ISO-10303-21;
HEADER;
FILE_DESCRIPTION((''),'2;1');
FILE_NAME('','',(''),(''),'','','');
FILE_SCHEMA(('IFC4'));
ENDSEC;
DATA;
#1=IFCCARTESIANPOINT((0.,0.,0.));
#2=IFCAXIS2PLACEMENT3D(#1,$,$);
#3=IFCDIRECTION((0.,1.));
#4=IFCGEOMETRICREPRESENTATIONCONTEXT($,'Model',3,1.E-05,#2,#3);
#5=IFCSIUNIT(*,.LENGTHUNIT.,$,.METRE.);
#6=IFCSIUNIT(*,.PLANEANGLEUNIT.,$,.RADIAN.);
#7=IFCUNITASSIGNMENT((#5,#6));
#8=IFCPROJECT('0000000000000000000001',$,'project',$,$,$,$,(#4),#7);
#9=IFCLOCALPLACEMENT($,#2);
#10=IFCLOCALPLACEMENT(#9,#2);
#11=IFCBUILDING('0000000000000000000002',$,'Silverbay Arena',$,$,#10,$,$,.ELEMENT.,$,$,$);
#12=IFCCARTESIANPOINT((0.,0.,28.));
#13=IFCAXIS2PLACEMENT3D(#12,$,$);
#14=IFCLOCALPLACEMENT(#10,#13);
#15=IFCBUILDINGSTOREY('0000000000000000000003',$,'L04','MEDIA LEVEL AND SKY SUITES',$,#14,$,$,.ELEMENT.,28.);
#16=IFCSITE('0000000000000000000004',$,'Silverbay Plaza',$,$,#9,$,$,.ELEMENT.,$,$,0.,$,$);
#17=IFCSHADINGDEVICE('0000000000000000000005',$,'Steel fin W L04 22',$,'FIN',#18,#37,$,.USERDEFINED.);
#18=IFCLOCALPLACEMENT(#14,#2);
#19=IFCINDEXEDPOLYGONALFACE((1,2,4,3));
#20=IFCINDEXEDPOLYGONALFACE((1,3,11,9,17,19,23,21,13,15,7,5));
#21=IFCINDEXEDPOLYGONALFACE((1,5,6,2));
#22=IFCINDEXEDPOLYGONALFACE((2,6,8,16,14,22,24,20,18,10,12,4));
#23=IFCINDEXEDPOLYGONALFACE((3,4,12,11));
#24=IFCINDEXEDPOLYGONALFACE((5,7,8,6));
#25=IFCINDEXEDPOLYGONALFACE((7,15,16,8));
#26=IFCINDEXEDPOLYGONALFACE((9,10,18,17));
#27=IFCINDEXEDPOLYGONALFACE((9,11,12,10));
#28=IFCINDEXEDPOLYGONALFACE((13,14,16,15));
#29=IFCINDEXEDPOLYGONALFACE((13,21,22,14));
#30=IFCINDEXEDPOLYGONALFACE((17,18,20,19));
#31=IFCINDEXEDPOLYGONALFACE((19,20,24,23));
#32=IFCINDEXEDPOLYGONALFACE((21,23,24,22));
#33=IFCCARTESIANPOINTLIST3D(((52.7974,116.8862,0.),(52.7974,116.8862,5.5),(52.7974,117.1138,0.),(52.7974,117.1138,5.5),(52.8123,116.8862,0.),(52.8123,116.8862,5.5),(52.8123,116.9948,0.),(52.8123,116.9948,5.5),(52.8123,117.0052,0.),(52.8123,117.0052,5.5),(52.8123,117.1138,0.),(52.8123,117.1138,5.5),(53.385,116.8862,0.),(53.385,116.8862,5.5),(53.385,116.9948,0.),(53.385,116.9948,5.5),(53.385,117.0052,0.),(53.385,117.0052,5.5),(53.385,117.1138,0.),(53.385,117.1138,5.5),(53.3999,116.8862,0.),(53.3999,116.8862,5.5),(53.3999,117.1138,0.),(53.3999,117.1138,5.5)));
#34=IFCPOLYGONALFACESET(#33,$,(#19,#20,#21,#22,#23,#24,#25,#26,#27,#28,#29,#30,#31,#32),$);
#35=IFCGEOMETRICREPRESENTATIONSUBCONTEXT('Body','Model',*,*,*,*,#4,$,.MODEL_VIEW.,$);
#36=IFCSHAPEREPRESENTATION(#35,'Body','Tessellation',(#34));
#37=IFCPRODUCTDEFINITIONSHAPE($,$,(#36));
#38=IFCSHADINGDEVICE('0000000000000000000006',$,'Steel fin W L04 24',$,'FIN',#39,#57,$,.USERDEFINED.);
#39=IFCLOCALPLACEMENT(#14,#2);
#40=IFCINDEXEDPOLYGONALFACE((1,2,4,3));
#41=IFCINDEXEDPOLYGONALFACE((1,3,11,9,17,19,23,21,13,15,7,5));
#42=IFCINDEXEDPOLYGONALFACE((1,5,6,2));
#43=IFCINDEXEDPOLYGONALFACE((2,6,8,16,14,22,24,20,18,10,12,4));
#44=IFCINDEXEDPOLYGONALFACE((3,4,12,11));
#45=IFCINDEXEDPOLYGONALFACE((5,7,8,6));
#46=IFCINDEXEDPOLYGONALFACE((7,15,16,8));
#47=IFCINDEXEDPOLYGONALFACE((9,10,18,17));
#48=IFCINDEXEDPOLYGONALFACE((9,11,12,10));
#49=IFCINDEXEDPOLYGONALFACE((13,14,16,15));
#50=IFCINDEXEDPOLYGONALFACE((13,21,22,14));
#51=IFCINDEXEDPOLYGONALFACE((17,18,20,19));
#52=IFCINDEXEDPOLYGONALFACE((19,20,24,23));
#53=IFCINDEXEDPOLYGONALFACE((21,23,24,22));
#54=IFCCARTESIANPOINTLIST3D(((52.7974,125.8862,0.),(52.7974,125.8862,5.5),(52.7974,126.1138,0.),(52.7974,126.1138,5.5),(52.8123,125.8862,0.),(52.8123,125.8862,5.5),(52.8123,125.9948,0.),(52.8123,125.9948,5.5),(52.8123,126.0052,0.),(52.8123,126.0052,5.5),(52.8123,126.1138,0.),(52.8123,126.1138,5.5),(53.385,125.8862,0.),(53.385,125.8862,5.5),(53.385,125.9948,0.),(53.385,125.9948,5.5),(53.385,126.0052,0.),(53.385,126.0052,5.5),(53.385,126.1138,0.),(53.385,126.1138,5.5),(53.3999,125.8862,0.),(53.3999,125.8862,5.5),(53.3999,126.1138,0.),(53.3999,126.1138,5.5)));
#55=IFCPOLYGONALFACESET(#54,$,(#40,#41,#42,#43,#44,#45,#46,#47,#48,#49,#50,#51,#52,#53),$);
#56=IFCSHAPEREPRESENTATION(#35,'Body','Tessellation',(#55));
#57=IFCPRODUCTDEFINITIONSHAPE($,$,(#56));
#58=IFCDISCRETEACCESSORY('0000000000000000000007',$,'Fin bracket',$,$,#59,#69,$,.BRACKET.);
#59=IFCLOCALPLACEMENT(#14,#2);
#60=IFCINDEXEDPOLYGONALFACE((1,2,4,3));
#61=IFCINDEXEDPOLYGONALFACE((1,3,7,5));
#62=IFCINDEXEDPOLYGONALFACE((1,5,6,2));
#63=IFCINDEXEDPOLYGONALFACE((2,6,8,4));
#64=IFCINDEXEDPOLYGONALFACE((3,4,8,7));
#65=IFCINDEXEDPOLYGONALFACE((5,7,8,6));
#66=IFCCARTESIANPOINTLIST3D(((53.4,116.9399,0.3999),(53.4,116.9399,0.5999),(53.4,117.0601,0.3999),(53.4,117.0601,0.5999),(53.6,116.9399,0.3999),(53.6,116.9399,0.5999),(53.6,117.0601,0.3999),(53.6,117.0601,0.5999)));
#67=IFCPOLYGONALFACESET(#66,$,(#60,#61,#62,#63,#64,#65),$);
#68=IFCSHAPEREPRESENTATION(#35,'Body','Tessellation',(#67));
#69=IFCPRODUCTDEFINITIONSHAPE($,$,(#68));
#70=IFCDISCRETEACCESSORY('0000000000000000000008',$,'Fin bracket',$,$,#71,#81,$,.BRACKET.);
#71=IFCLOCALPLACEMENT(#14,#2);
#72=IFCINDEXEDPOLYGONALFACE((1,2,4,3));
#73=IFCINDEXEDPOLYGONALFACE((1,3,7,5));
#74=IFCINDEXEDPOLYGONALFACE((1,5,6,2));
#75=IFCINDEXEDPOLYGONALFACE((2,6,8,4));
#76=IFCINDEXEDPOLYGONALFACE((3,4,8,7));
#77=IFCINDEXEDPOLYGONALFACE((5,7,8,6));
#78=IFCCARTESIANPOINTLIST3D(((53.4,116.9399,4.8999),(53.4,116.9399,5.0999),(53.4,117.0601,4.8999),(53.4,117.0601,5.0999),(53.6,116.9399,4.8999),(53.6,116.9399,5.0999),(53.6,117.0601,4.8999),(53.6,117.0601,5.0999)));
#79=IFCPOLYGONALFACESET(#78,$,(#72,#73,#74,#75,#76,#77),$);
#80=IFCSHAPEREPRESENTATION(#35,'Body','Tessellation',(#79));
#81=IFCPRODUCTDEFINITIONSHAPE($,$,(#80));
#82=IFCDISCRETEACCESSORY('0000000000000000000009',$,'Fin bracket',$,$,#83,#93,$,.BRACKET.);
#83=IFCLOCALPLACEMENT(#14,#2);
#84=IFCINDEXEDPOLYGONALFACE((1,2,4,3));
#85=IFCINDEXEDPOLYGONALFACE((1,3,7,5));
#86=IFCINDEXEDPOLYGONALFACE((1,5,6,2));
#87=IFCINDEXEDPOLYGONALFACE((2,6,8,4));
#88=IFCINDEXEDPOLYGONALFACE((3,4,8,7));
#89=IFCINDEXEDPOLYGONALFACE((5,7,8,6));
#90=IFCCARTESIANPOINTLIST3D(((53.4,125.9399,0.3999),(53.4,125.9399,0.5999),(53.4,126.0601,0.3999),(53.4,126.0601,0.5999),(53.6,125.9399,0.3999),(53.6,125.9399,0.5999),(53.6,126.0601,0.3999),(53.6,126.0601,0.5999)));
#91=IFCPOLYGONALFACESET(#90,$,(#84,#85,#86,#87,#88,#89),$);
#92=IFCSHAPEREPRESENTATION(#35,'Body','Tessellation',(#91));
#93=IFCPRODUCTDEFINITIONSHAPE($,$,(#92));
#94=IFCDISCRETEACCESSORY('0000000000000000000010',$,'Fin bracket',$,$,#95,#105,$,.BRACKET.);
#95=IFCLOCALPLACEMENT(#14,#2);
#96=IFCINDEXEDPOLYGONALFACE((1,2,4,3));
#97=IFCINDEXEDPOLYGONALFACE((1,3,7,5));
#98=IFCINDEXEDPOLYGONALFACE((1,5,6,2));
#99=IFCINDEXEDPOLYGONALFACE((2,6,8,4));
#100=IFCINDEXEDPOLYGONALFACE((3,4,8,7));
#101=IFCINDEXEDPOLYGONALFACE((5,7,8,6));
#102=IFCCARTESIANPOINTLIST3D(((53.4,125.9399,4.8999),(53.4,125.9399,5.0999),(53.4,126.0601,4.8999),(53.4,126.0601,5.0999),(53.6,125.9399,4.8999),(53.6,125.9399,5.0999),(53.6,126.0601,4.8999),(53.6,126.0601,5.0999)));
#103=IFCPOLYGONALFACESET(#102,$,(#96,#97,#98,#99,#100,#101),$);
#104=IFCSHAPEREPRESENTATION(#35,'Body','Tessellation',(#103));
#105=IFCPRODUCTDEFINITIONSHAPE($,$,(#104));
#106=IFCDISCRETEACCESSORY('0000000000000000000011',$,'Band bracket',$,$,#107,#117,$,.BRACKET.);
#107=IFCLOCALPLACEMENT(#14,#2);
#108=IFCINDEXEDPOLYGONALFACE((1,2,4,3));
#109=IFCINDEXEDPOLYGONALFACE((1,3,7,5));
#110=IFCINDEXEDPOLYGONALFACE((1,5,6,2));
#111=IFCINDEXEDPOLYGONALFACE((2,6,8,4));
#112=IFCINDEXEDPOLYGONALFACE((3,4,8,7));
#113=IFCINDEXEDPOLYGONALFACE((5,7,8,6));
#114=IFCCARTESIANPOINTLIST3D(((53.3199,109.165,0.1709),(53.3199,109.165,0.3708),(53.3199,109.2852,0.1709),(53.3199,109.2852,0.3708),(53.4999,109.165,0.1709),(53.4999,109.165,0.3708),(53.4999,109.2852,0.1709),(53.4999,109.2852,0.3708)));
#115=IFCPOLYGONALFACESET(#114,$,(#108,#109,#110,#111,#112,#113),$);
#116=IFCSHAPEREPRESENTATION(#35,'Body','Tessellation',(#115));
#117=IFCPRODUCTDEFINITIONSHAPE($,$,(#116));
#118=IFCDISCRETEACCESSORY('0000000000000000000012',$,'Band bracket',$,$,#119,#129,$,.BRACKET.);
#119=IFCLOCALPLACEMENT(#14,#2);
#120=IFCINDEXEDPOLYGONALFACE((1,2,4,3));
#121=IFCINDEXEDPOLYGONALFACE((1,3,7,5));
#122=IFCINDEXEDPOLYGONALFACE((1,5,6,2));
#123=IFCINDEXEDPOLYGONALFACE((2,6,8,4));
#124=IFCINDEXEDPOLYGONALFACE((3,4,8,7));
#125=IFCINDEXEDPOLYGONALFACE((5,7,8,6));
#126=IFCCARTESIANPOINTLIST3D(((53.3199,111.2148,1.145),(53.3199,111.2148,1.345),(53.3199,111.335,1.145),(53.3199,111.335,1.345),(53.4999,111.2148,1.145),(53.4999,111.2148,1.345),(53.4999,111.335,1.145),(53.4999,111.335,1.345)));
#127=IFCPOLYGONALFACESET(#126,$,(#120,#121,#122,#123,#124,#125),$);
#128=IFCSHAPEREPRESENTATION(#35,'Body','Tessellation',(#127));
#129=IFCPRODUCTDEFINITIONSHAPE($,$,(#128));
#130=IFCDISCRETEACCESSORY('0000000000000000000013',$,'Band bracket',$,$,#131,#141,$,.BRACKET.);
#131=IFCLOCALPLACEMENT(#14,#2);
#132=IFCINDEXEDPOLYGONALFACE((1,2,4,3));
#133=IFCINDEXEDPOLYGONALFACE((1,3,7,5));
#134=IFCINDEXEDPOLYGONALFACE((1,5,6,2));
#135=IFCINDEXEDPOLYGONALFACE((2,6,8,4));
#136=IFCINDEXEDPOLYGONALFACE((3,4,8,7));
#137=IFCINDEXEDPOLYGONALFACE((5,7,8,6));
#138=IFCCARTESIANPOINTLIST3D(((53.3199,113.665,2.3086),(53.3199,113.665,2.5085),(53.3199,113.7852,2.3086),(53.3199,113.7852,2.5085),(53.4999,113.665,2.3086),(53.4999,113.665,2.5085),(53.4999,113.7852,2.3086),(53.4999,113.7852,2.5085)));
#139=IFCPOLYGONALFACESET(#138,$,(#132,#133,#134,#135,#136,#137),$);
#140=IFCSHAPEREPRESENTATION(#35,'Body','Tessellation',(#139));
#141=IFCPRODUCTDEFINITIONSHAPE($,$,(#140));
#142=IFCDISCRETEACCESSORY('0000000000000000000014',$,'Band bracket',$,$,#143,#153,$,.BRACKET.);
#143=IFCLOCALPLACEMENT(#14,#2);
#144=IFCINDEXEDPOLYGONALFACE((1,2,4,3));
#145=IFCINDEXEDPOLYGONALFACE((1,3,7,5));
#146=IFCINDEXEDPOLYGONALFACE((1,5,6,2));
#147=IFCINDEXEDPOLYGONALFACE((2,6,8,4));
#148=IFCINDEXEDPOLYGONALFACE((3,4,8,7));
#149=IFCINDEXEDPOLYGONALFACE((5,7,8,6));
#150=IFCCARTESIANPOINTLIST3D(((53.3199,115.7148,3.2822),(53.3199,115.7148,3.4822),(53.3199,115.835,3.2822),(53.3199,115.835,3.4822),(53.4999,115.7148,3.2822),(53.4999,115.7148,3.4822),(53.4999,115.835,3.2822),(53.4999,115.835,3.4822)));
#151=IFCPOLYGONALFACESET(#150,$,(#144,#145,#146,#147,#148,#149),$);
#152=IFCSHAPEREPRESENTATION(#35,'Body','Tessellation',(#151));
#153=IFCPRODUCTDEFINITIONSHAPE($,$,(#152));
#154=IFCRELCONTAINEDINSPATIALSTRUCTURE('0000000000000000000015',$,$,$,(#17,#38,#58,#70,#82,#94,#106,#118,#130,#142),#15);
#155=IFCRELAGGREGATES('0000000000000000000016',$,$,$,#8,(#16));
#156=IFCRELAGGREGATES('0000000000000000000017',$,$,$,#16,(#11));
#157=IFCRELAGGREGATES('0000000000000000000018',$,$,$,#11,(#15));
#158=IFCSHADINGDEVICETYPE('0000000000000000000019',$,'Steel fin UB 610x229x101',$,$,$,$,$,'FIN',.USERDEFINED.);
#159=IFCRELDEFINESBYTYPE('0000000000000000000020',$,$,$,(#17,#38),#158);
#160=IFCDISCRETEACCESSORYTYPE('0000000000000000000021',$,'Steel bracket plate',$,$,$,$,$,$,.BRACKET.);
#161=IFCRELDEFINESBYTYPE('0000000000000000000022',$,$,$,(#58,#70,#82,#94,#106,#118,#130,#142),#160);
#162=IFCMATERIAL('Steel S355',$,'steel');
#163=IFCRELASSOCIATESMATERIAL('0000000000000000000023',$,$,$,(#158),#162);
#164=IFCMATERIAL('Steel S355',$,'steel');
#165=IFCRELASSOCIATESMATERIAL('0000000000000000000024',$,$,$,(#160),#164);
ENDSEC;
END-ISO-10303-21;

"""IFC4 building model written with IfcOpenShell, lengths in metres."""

from ifc_helpers import new_model, si_unit, direction, frame, origin, origin_2d, place, context, subcontext, project, spatial, rectangle, i_section, extrude, material, material_profile, profile_set, type_object, element, save


model = new_model("IFC4")

# Units and contexts
model_context = context("Model", 3, precision=1e-05, world=origin(), true_north=direction((0.0, 1.0)))
body_context = subcontext(model_context, "Body", "Model", "MODEL_VIEW")
ifc_project = project(units=[si_unit("LENGTHUNIT", "METRE"), si_unit("PLANEANGLEUNIT", "RADIAN")], contexts=[model_context])

# Site, building, storey
site_placement = place(None, origin())
site = spatial("IfcSite", under=ifc_project, at=site_placement, Name="Silverbay Plaza", CompositionType="ELEMENT", RefElevation=0.0)
building_placement = place(site_placement, origin())
building = spatial("IfcBuilding", under=site, at=building_placement, Name="Silverbay Arena", CompositionType="ELEMENT")
storey_placement = place(building_placement, frame((0.0, 0.0, 28.0)))
storey = spatial("IfcBuildingStorey", under=building, at=storey_placement, Name="L04", Description="MEDIA LEVEL AND SKY SUITES", CompositionType="ELEMENT", Elevation=28.0)

# Shading devices
ifc_material_1 = material(Name="Steel S355", Category="steel")
ifc_material_profile_1 = material_profile(ifc_material_1, i_section(OverallWidth=0.2275, OverallDepth=0.6025, WebThickness=0.0105, FlangeThickness=0.0149, at=origin_2d()), Name="UB 610x229x101")
ifc_profile_set_1 = profile_set([ifc_material_profile_1], Name="Steel S355")
shading_device_type = type_object("IfcShadingDeviceType", Name="Steel fin UB 610x229x101", ElementType="FIN", PredefinedType="USERDEFINED", material=ifc_profile_set_1)
for number, where, z_axis, x_axis, name in (
    (1, (53.0986, 117.0, 0.0), (0.0, 0.0, 1.0), (0.0, 1.0, 0.0), "Steel fin W L04 22"),
    (2, (53.0986, 126.0, 0.0), (0.0, 0.0, 1.0), (0.0, 1.0, 0.0), "Steel fin W L04 24"),
):
    element("IfcShadingDevice", number, at=place(storey_placement, frame(where, z_axis=z_axis, x_axis=x_axis)), inside=storey, type_object=shading_device_type, Name=name, ObjectType="FIN", PredefinedType="USERDEFINED", context=body_context, shape_type="SweptSolid", body=[
        extrude(i_section(OverallWidth=0.2275, OverallDepth=0.6025, WebThickness=0.0105, FlangeThickness=0.0149, at=origin_2d()), origin(), (0.0, 0.0, 1.0), 5.5),
    ])

# Discrete accessories
ifc_material_2 = material(Name="Steel S355", Category="steel")
discrete_accessory_type = type_object("IfcDiscreteAccessoryType", Name="Steel bracket plate", PredefinedType="BRACKET", material=ifc_material_2)
for number, where, z_axis, x_axis, name in (
    (3, (53.5, 117.0, 0.3999), (0.0, 0.0, 1.0), (1.0, 0.0, 0.0), "Fin bracket"),
    (4, (53.5, 117.0, 4.8999), (0.0, 0.0, 1.0), (1.0, 0.0, 0.0), "Fin bracket"),
    (5, (53.5, 126.0, 0.3999), (0.0, 0.0, 1.0), (1.0, 0.0, 0.0), "Fin bracket"),
    (6, (53.5, 126.0, 4.8999), (0.0, 0.0, 1.0), (1.0, 0.0, 0.0), "Fin bracket"),
):
    element("IfcDiscreteAccessory", number, at=place(storey_placement, frame(where, z_axis=z_axis, x_axis=x_axis)), inside=storey, type_object=discrete_accessory_type, Name=name, PredefinedType="BRACKET", context=body_context, shape_type="SweptSolid", body=[
        extrude(rectangle(XDim=0.2, YDim=0.1201, at=origin_2d()), origin(), (0.0, 0.0, 1.0), 0.2),
    ])
for number, where, z_axis, x_axis, name in (
    (7, (53.4099, 109.2251, 0.1709), (0.0, 0.0, 1.0), (1.0, 0.0, 0.0), "Band bracket"),
    (8, (53.4099, 111.2749, 1.145), (0.0, 0.0, 1.0), (1.0, 0.0, 0.0), "Band bracket"),
    (9, (53.4099, 113.7251, 2.3086), (0.0, 0.0, 1.0), (1.0, 0.0, 0.0), "Band bracket"),
    (10, (53.4099, 115.7749, 3.2822), (0.0, 0.0, 1.0), (1.0, 0.0, 0.0), "Band bracket"),
):
    element("IfcDiscreteAccessory", number, at=place(storey_placement, frame(where, z_axis=z_axis, x_axis=x_axis)), inside=storey, type_object=discrete_accessory_type, Name=name, PredefinedType="BRACKET", context=body_context, shape_type="SweptSolid", body=[
        extrude(rectangle(XDim=0.1799, YDim=0.1201, at=origin_2d()), origin(), (0.0, 0.0, 1.0), 0.2),
    ])

save(model, "model.ifc")
